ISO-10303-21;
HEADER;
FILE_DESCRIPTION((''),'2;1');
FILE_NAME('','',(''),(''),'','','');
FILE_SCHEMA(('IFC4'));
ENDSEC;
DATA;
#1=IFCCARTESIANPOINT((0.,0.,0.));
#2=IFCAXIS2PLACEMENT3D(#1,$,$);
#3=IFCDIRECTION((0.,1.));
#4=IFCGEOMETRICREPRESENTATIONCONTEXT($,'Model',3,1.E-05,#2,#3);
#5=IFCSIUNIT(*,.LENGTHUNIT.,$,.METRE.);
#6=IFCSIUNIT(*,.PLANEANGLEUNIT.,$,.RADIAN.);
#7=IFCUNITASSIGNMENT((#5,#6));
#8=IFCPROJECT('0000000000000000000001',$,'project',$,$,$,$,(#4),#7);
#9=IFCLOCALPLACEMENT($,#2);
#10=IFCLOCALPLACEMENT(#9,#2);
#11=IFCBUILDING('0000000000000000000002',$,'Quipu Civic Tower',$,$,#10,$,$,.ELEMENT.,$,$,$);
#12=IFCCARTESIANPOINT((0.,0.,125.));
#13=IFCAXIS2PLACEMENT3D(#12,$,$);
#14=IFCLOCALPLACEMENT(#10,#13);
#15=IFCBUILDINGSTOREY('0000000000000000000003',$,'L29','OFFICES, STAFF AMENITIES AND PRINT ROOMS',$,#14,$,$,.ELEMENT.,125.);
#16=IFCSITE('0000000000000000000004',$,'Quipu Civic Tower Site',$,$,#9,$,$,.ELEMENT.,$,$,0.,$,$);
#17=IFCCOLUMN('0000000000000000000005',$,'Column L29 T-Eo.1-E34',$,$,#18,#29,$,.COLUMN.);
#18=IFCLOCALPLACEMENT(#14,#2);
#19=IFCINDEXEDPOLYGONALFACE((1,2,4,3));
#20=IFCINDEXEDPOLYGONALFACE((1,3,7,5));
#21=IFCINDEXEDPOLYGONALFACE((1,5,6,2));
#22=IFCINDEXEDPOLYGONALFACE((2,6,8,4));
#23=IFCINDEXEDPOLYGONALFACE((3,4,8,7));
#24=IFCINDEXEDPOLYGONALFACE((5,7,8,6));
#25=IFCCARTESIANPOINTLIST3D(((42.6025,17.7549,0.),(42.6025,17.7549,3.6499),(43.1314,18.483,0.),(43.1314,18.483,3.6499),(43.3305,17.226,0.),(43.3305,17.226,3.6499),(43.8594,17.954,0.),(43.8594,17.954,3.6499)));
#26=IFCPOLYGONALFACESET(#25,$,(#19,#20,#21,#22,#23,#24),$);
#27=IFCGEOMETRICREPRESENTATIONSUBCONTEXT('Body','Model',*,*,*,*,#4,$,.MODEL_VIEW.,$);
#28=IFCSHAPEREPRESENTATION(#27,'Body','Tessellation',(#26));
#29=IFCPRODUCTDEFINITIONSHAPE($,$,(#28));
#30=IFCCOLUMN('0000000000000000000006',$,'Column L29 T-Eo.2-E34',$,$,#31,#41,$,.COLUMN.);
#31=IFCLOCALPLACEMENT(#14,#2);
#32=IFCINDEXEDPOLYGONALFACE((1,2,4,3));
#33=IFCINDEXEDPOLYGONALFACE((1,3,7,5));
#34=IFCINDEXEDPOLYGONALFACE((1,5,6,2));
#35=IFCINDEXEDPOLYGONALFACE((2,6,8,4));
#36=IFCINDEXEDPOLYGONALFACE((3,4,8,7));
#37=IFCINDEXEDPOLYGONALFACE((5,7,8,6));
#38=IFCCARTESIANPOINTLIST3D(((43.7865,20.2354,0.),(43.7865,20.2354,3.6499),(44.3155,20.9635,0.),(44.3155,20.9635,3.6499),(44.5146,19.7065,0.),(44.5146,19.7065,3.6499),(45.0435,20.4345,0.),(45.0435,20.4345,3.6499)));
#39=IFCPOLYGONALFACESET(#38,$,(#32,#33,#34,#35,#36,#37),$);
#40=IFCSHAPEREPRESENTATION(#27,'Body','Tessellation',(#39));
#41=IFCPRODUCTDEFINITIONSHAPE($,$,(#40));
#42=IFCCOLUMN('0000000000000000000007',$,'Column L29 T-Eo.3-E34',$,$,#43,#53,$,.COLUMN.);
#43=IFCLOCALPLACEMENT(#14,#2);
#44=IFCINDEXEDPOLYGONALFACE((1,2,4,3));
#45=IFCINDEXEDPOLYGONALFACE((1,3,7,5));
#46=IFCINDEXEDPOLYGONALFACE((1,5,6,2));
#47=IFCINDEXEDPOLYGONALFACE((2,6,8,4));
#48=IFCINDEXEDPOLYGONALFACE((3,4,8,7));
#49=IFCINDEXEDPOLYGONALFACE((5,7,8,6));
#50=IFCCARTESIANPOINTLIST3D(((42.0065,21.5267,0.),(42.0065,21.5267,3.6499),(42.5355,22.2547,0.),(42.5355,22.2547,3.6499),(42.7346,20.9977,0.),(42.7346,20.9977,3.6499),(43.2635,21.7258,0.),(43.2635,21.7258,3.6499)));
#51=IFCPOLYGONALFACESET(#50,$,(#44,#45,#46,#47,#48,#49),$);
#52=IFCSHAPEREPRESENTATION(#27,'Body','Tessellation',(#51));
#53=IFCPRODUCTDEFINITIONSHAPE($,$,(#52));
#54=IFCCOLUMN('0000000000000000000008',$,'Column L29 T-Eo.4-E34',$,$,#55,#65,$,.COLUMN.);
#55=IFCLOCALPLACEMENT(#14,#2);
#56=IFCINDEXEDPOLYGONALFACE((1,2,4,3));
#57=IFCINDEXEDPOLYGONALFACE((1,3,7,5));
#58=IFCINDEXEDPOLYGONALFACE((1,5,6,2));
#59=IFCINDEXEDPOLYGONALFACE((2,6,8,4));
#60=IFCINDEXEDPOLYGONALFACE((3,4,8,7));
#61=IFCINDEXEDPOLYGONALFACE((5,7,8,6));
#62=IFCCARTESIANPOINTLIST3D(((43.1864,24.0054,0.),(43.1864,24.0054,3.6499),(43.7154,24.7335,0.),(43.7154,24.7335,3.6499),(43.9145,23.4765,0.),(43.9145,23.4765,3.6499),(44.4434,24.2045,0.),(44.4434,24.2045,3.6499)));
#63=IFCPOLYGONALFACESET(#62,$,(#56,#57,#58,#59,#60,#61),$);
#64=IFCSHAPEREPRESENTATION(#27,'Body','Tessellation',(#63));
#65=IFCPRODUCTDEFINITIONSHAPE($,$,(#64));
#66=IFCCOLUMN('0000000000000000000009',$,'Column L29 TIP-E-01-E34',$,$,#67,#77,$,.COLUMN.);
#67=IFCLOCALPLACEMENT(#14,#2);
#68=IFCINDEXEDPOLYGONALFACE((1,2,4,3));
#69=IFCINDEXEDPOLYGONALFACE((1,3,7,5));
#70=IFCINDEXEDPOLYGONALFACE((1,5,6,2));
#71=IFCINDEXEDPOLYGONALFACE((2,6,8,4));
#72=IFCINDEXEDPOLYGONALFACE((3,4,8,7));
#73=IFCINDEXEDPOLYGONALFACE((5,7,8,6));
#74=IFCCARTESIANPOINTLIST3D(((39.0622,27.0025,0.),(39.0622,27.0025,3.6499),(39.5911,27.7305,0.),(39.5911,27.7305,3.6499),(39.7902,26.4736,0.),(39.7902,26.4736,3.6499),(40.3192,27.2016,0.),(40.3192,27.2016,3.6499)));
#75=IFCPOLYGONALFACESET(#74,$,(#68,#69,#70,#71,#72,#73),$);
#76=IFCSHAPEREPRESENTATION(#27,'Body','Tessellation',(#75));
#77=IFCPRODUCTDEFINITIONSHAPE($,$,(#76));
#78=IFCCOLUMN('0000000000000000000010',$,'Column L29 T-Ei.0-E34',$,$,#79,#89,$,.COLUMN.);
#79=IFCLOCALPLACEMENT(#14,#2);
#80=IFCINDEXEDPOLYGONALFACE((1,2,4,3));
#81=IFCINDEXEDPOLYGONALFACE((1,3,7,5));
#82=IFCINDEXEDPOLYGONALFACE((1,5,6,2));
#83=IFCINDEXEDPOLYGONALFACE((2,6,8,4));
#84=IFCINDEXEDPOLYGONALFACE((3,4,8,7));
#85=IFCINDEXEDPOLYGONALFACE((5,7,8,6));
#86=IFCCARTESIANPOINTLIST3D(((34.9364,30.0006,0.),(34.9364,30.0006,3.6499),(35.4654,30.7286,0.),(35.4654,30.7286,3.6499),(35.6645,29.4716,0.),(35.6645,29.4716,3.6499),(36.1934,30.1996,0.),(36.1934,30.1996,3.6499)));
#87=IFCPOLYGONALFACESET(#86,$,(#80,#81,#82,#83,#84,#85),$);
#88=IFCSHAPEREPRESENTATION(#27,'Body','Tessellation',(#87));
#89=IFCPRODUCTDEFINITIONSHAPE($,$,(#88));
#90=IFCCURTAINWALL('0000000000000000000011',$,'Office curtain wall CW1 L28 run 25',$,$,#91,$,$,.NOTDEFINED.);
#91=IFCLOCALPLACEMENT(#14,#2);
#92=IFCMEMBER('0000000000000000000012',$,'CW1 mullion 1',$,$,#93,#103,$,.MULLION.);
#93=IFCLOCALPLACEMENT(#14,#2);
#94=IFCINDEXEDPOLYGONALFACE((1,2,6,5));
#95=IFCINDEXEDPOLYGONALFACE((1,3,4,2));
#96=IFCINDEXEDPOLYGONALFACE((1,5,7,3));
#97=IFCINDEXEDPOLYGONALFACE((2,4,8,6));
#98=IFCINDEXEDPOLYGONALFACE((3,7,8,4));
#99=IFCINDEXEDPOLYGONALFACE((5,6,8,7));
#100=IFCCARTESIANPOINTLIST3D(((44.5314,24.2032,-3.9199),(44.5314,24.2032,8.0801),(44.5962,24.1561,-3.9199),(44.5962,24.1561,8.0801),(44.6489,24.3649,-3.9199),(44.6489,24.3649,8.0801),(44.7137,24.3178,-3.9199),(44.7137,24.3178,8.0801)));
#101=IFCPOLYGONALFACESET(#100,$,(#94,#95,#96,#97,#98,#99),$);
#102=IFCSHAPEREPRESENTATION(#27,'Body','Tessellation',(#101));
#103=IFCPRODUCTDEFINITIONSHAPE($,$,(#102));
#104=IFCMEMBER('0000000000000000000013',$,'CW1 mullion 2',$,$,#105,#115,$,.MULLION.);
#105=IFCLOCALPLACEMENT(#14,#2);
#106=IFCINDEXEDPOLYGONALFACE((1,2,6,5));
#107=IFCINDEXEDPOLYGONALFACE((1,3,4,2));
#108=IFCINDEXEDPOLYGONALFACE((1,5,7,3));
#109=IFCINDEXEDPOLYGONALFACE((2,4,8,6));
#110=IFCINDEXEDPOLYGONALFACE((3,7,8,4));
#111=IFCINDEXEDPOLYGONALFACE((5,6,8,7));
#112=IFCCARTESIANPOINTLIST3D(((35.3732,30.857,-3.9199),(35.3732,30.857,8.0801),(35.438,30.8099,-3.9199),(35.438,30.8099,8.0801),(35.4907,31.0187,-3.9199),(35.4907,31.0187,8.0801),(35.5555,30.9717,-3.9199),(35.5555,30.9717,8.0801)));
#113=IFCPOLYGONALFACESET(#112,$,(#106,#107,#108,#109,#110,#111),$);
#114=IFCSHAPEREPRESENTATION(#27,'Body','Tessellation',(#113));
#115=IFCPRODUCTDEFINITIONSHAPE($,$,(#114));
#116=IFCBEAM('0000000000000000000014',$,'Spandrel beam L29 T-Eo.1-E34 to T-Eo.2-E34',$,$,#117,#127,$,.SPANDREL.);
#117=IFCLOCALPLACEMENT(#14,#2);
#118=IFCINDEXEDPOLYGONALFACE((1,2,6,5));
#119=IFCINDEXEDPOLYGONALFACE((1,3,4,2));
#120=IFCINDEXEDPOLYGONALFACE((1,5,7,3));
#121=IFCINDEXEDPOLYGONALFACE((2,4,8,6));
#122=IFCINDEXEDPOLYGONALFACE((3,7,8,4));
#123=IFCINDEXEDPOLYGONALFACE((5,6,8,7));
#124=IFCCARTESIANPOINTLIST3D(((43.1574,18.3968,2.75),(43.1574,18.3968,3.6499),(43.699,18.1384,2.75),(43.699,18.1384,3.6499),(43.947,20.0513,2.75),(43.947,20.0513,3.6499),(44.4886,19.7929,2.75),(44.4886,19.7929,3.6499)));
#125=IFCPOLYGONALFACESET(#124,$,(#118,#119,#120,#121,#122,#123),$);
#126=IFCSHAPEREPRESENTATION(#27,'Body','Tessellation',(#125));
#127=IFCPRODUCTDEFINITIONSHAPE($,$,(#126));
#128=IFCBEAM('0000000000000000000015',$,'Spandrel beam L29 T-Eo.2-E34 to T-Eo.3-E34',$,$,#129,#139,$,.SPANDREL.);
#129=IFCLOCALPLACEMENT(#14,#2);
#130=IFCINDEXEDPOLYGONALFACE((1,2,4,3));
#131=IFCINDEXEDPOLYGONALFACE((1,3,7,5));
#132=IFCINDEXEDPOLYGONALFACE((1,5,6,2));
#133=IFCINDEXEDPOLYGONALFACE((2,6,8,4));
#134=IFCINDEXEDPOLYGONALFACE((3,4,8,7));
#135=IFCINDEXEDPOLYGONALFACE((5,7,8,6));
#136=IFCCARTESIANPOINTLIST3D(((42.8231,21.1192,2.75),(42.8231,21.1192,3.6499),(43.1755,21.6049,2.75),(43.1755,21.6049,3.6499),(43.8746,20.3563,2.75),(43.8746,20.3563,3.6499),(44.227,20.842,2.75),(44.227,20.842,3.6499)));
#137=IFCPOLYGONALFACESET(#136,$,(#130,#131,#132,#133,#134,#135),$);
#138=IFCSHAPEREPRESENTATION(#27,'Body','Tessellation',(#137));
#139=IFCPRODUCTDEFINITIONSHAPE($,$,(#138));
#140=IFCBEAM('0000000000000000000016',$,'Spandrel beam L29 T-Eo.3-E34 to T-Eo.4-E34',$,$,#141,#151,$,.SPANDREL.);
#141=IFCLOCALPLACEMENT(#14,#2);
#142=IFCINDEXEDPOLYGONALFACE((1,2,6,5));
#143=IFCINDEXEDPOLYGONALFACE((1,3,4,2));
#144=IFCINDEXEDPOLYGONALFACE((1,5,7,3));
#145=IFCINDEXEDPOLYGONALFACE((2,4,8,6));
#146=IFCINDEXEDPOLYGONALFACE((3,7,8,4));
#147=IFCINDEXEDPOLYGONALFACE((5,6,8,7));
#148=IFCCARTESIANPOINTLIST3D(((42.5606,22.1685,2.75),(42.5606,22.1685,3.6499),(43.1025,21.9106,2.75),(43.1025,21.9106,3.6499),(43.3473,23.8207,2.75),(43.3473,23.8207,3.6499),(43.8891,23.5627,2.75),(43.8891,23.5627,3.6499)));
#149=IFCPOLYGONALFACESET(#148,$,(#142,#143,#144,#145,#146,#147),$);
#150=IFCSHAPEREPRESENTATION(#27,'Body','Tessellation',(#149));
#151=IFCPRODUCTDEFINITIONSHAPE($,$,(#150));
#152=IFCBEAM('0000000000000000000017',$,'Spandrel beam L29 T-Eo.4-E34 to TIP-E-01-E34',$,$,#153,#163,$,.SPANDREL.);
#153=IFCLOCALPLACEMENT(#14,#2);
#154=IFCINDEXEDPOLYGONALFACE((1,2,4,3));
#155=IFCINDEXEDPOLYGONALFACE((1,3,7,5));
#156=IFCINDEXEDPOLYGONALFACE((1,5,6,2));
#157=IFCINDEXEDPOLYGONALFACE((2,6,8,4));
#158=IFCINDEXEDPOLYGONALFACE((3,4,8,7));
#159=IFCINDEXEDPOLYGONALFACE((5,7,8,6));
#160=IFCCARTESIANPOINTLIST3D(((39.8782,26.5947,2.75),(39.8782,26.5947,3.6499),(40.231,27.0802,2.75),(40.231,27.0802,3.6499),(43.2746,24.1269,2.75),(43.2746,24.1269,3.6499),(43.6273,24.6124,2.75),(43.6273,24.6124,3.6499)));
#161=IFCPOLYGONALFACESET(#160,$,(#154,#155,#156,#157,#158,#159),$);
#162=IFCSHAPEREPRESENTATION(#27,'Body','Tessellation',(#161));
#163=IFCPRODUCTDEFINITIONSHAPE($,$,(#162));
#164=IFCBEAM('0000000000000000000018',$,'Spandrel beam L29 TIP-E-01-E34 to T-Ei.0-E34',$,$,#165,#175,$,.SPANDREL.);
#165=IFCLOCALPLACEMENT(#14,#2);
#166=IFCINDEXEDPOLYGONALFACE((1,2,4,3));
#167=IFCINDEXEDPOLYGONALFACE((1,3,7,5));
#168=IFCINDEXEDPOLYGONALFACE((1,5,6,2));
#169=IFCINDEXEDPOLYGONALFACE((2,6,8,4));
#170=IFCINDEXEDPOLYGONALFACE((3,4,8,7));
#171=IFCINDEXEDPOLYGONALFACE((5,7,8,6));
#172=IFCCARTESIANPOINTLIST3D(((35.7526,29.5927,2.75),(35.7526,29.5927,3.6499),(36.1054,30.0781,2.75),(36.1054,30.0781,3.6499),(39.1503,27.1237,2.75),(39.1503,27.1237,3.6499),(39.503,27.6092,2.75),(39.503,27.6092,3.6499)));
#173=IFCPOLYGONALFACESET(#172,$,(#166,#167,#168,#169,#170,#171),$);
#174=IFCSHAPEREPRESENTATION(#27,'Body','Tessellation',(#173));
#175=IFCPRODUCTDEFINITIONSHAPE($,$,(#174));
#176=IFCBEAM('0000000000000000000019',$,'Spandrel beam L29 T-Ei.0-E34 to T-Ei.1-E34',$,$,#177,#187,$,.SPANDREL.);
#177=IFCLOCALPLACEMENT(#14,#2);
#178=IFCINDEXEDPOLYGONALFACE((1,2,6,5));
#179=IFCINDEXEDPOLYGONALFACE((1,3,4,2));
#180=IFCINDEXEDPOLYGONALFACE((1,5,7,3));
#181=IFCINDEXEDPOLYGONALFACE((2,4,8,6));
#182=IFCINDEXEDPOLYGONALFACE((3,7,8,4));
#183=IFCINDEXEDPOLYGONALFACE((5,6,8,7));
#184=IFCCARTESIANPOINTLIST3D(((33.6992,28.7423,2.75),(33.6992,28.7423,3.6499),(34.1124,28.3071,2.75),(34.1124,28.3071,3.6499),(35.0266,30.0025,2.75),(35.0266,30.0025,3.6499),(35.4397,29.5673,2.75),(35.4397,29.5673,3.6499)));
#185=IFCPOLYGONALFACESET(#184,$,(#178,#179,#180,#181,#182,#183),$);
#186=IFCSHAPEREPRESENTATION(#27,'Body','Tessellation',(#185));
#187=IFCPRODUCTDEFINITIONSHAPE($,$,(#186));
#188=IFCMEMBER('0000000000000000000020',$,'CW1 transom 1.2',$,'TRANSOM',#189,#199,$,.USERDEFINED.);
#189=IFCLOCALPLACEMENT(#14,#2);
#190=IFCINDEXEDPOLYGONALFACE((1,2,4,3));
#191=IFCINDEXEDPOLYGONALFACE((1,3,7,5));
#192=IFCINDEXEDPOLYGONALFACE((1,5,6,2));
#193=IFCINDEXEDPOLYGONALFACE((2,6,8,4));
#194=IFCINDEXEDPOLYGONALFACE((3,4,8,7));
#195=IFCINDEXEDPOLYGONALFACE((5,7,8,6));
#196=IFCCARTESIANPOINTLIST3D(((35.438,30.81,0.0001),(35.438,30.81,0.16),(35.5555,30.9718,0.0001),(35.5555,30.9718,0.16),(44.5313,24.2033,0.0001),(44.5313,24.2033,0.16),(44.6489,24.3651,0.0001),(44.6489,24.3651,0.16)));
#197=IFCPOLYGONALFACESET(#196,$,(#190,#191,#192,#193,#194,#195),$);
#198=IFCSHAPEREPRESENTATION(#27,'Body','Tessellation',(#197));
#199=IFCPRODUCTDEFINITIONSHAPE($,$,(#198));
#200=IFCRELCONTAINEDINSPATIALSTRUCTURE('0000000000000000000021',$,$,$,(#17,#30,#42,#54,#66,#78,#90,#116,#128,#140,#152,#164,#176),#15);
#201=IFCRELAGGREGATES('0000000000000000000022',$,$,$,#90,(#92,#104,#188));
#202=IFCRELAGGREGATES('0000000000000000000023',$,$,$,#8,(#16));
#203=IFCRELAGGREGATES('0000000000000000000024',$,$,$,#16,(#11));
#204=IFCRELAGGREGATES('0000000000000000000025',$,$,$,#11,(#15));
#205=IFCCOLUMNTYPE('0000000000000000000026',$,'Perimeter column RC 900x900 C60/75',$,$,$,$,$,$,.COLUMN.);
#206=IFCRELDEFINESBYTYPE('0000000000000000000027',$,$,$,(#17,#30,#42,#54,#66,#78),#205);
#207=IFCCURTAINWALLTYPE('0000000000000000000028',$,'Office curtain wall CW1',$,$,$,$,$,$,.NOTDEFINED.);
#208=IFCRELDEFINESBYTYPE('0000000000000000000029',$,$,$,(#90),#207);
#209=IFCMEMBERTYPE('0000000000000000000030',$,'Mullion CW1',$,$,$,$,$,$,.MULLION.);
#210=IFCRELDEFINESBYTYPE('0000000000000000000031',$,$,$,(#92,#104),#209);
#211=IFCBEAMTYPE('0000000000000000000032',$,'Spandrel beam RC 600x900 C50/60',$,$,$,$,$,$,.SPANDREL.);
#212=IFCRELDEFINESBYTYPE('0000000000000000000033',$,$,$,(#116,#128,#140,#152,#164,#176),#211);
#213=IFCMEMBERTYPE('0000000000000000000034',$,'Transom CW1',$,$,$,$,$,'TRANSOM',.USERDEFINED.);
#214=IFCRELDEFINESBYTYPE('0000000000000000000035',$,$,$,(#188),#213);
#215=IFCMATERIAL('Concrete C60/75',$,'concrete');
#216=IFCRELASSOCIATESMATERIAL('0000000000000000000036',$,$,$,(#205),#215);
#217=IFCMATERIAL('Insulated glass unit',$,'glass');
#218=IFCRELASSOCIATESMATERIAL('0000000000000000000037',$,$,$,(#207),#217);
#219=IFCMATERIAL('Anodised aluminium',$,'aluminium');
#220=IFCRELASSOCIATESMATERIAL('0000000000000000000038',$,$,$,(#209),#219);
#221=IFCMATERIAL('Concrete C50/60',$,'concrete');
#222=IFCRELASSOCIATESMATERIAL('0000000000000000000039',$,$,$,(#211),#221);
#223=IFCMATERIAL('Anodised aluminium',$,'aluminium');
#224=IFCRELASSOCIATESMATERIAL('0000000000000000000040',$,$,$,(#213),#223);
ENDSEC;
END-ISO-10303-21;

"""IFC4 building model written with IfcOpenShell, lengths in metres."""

from ifc_helpers import new_model, si_unit, direction, frame, origin, origin_2d, place, context, subcontext, project, spatial, rectangle, extrude, material, material_profile, profile_set, type_object, element, aggregate, save


model = new_model("IFC4")

# Units and contexts
model_context = context("Model", 3, precision=1e-05, world=origin(), true_north=direction((0.0, 1.0)))
body_context = subcontext(model_context, "Body", "Model", "MODEL_VIEW")
ifc_project = project(units=[si_unit("LENGTHUNIT", "METRE"), si_unit("PLANEANGLEUNIT", "RADIAN")], contexts=[model_context])

# Site, building, storey
site_placement = place(None, origin())
site = spatial("IfcSite", under=ifc_project, at=site_placement, Name="Quipu Civic Tower Site", CompositionType="ELEMENT", RefElevation=0.0)
building_placement = place(site_placement, origin())
building = spatial("IfcBuilding", under=site, at=building_placement, Name="Quipu Civic Tower", CompositionType="ELEMENT")
storey_placement = place(building_placement, frame((0.0, 0.0, 125.0)))
storey = spatial("IfcBuildingStorey", under=building, at=storey_placement, Name="L29", Description="OFFICES, STAFF AMENITIES AND PRINT ROOMS", CompositionType="ELEMENT", Elevation=125.0)

# Columns
ifc_material_1 = material(Name="Concrete C60/75", Category="concrete")
ifc_material_profile_1 = material_profile(ifc_material_1, rectangle(XDim=0.8999, YDim=0.8999, at=origin_2d()), Name="RC900x900")
ifc_profile_set_1 = profile_set([ifc_material_profile_1], Name="Concrete C60/75")
column_type = type_object("IfcColumnType", Name="Perimeter column RC 900x900 C60/75", PredefinedType="COLUMN", material=ifc_profile_set_1)
for number, where, z_axis, x_axis, name in (
    (1, (43.231, 17.8545, 0.0), (0.0, 0.0, 1.0), (0.587785, 0.809017, 0.0), "Column L29 T-Eo.1-E34"),
    (2, (44.415, 20.335, 0.0), (0.0, 0.0, 1.0), (0.587785, 0.809017, 0.0), "Column L29 T-Eo.2-E34"),
    (3, (42.635, 21.6262, 0.0), (0.0, 0.0, 1.0), (-0.809017, 0.587785, 0.0), "Column L29 T-Eo.3-E34"),
    (4, (43.8149, 24.105, 0.0), (0.0, 0.0, 1.0), (-0.809017, 0.587785, 0.0), "Column L29 T-Eo.4-E34"),
    (5, (39.6907, 27.1021, 0.0), (0.0, 0.0, 1.0), (-0.809017, 0.587785, 0.0), "Column L29 TIP-E-01-E34"),
    (6, (35.5649, 30.1001, 0.0), (0.0, 0.0, 1.0), (-0.587785, -0.809017, 0.0), "Column L29 T-Ei.0-E34"),
):
    element("IfcColumn", number, at=place(storey_placement, frame(where, z_axis=z_axis, x_axis=x_axis)), inside=storey, type_object=column_type, Name=name, PredefinedType="COLUMN", context=body_context, shape_type="SweptSolid", body=[
        extrude(rectangle(XDim=0.8999, YDim=0.8999, at=origin_2d()), origin(), (0.0, 0.0, 1.0), 3.6499),
    ])

# Curtain wall, members
ifc_material_2 = material(Name="Insulated glass unit", Category="glass")
curtain_wall_type = type_object("IfcCurtainWallType", Name="Office curtain wall CW1", PredefinedType="NOTDEFINED", material=ifc_material_2)
curtain_wall_placement = place(storey_placement, origin())
curtain_wall = element("IfcCurtainWall", 7, at=curtain_wall_placement, inside=storey, type_object=curtain_wall_type, Name="Office curtain wall CW1 L28 run 25", PredefinedType="NOTDEFINED")
ifc_material_3 = material(Name="Anodised aluminium", Category="aluminium")
ifc_material_profile_2 = material_profile(ifc_material_3, rectangle(XDim=0.2, YDim=0.0801, at=origin_2d()), Name="RECT 200x80")
ifc_profile_set_2 = profile_set([ifc_material_profile_2], Name="Anodised aluminium")
member_type_1 = type_object("IfcMemberType", Name="Mullion CW1", PredefinedType="MULLION", material=ifc_profile_set_2)
member_1_placement = place(storey_placement, frame((44.6226, 24.2605, -3.9199), z_axis=(0.0, 0.0, 1.0), x_axis=(-0.587788, -0.809015, 0.0)))
member_1 = element("IfcMember", 8, at=member_1_placement, type_object=member_type_1, Name="CW1 mullion 1", PredefinedType="MULLION", context=body_context, shape_type="SweptSolid", body=[
    extrude(rectangle(XDim=0.2, YDim=0.0801, at=origin_2d()), origin(), (0.0, 0.0, 1.0), 12.0),
])
member_2_placement = place(storey_placement, frame((35.4644, 30.9143, -3.9199), z_axis=(0.0, 0.0, 1.0), x_axis=(-0.587788, -0.809015, 0.0)))
member_2 = element("IfcMember", 9, at=member_2_placement, type_object=member_type_1, Name="CW1 mullion 2", PredefinedType="MULLION", context=body_context, shape_type="SweptSolid", body=[
    extrude(rectangle(XDim=0.2, YDim=0.0801, at=origin_2d()), origin(), (0.0, 0.0, 1.0), 12.0),
])

# Beams
ifc_material_4 = material(Name="Concrete C50/60", Category="concrete")
ifc_material_profile_3 = material_profile(ifc_material_4, rectangle(XDim=0.6001, YDim=0.8999, at=origin_2d()), Name="RC600x900")
ifc_profile_set_3 = profile_set([ifc_material_profile_3], Name="Concrete C50/60")
beam_type = type_object("IfcBeamType", Name="Spandrel beam RC 600x900 C50/60", PredefinedType="SPANDREL", material=ifc_profile_set_3)
beam_1_placement = place(storey_placement, frame((43.4282, 18.2676, 3.2), z_axis=(0.430678, 0.902506, 0.0), x_axis=(-0.902506, 0.430678, 0.0)))
element("IfcBeam", 10, at=beam_1_placement, inside=storey, type_object=beam_type, Name="Spandrel beam L29 T-Eo.1-E34 to T-Eo.2-E34", PredefinedType="SPANDREL", context=body_context, shape_type="SweptSolid", body=[
    extrude(rectangle(XDim=0.6001, YDim=0.8999, at=origin_2d()), origin(), (0.0, 0.0, 1.0), 1.8333),
])
beam_2_placement = place(storey_placement, frame((44.0508, 20.5991, 3.2), z_axis=(-0.809394, 0.587266, 0.0), x_axis=(-0.587266, -0.809394, 0.0)))
element("IfcBeam", 11, at=beam_2_placement, inside=storey, type_object=beam_type, Name="Spandrel beam L29 T-Eo.2-E34 to T-Eo.3-E34", PredefinedType="SPANDREL", context=body_context, shape_type="SweptSolid", body=[
    extrude(rectangle(XDim=0.6001, YDim=0.8999, at=origin_2d()), origin(), (0.0, 0.0, 1.0), 1.2991),
])
beam_3_placement = place(storey_placement, frame((42.8315, 22.0396, 3.2), z_axis=(0.429892, 0.90288, 0.0), x_axis=(-0.90288, 0.429892, 0.0)))
element("IfcBeam", 12, at=beam_3_placement, inside=storey, type_object=beam_type, Name="Spandrel beam L29 T-Eo.3-E34 to T-Eo.4-E34", PredefinedType="SPANDREL", context=body_context, shape_type="SweptSolid", body=[
    extrude(rectangle(XDim=0.6001, YDim=0.8999, at=origin_2d()), origin(), (0.0, 0.0, 1.0), 1.8298),
])
beam_4_placement = place(storey_placement, frame((43.4509, 24.3696, 3.2), z_axis=(-0.808987, 0.587826, 0.0), x_axis=(-0.587826, -0.808987, 0.0)))
element("IfcBeam", 13, at=beam_4_placement, inside=storey, type_object=beam_type, Name="Spandrel beam L29 T-Eo.4-E34 to TIP-E-01-E34", PredefinedType="SPANDREL", context=body_context, shape_type="SweptSolid", body=[
    extrude(rectangle(XDim=0.6001, YDim=0.8999, at=origin_2d()), origin(), (0.0, 0.0, 1.0), 4.1982),
])
beam_5_placement = place(storey_placement, frame((39.3267, 27.3665, 3.2), z_axis=(-0.80897, 0.58785, 0.0), x_axis=(-0.58785, -0.80897, 0.0)))
element("IfcBeam", 14, at=beam_5_placement, inside=storey, type_object=beam_type, Name="Spandrel beam L29 TIP-E-01-E34 to T-Ei.0-E34", PredefinedType="SPANDREL", context=body_context, shape_type="SweptSolid", body=[
    extrude(rectangle(XDim=0.6001, YDim=0.8999, at=origin_2d()), origin(), (0.0, 0.0, 1.0), 4.2),
])
beam_6_placement = place(storey_placement, frame((35.2332, 29.7849, 3.2), z_axis=(-0.725209, -0.688529, 0.0), x_axis=(0.688529, -0.725209, 0.0)))
element("IfcBeam", 15, at=beam_6_placement, inside=storey, type_object=beam_type, Name="Spandrel beam L29 T-Ei.0-E34 to T-Ei.1-E34", PredefinedType="SPANDREL", context=body_context, shape_type="SweptSolid", body=[
    extrude(rectangle(XDim=0.6001, YDim=0.8999, at=origin_2d()), origin(), (0.0, 0.0, 1.0), 1.8303),
])

# Member
ifc_material_5 = material(Name="Anodised aluminium", Category="aluminium")
ifc_material_profile_4 = material_profile(ifc_material_5, rectangle(XDim=0.2, YDim=0.1599, at=origin_2d()), Name="RECT 200x160")
ifc_profile_set_4 = profile_set([ifc_material_profile_4], Name="Anodised aluminium")
member_type_2 = type_object("IfcMemberType", Name="Transom CW1", ElementType="TRANSOM", PredefinedType="USERDEFINED", material=ifc_profile_set_4)
member_3_placement = place(storey_placement, frame((44.5901, 24.2842, 0.0801), z_axis=(-0.809015, 0.587788, 0.0), x_axis=(-0.587788, -0.809015, 0.0)))
member_3 = element("IfcMember", 16, at=member_3_placement, type_object=member_type_2, Name="CW1 transom 1.2", ObjectType="TRANSOM", PredefinedType="USERDEFINED", context=body_context, shape_type="SweptSolid", body=[
    extrude(rectangle(XDim=0.2, YDim=0.1599, at=origin_2d()), origin(), (0.0, 0.0, 1.0), 11.24),
])

aggregate(curtain_wall, [member_1, member_2, member_3])

save(model, "model.ifc")
